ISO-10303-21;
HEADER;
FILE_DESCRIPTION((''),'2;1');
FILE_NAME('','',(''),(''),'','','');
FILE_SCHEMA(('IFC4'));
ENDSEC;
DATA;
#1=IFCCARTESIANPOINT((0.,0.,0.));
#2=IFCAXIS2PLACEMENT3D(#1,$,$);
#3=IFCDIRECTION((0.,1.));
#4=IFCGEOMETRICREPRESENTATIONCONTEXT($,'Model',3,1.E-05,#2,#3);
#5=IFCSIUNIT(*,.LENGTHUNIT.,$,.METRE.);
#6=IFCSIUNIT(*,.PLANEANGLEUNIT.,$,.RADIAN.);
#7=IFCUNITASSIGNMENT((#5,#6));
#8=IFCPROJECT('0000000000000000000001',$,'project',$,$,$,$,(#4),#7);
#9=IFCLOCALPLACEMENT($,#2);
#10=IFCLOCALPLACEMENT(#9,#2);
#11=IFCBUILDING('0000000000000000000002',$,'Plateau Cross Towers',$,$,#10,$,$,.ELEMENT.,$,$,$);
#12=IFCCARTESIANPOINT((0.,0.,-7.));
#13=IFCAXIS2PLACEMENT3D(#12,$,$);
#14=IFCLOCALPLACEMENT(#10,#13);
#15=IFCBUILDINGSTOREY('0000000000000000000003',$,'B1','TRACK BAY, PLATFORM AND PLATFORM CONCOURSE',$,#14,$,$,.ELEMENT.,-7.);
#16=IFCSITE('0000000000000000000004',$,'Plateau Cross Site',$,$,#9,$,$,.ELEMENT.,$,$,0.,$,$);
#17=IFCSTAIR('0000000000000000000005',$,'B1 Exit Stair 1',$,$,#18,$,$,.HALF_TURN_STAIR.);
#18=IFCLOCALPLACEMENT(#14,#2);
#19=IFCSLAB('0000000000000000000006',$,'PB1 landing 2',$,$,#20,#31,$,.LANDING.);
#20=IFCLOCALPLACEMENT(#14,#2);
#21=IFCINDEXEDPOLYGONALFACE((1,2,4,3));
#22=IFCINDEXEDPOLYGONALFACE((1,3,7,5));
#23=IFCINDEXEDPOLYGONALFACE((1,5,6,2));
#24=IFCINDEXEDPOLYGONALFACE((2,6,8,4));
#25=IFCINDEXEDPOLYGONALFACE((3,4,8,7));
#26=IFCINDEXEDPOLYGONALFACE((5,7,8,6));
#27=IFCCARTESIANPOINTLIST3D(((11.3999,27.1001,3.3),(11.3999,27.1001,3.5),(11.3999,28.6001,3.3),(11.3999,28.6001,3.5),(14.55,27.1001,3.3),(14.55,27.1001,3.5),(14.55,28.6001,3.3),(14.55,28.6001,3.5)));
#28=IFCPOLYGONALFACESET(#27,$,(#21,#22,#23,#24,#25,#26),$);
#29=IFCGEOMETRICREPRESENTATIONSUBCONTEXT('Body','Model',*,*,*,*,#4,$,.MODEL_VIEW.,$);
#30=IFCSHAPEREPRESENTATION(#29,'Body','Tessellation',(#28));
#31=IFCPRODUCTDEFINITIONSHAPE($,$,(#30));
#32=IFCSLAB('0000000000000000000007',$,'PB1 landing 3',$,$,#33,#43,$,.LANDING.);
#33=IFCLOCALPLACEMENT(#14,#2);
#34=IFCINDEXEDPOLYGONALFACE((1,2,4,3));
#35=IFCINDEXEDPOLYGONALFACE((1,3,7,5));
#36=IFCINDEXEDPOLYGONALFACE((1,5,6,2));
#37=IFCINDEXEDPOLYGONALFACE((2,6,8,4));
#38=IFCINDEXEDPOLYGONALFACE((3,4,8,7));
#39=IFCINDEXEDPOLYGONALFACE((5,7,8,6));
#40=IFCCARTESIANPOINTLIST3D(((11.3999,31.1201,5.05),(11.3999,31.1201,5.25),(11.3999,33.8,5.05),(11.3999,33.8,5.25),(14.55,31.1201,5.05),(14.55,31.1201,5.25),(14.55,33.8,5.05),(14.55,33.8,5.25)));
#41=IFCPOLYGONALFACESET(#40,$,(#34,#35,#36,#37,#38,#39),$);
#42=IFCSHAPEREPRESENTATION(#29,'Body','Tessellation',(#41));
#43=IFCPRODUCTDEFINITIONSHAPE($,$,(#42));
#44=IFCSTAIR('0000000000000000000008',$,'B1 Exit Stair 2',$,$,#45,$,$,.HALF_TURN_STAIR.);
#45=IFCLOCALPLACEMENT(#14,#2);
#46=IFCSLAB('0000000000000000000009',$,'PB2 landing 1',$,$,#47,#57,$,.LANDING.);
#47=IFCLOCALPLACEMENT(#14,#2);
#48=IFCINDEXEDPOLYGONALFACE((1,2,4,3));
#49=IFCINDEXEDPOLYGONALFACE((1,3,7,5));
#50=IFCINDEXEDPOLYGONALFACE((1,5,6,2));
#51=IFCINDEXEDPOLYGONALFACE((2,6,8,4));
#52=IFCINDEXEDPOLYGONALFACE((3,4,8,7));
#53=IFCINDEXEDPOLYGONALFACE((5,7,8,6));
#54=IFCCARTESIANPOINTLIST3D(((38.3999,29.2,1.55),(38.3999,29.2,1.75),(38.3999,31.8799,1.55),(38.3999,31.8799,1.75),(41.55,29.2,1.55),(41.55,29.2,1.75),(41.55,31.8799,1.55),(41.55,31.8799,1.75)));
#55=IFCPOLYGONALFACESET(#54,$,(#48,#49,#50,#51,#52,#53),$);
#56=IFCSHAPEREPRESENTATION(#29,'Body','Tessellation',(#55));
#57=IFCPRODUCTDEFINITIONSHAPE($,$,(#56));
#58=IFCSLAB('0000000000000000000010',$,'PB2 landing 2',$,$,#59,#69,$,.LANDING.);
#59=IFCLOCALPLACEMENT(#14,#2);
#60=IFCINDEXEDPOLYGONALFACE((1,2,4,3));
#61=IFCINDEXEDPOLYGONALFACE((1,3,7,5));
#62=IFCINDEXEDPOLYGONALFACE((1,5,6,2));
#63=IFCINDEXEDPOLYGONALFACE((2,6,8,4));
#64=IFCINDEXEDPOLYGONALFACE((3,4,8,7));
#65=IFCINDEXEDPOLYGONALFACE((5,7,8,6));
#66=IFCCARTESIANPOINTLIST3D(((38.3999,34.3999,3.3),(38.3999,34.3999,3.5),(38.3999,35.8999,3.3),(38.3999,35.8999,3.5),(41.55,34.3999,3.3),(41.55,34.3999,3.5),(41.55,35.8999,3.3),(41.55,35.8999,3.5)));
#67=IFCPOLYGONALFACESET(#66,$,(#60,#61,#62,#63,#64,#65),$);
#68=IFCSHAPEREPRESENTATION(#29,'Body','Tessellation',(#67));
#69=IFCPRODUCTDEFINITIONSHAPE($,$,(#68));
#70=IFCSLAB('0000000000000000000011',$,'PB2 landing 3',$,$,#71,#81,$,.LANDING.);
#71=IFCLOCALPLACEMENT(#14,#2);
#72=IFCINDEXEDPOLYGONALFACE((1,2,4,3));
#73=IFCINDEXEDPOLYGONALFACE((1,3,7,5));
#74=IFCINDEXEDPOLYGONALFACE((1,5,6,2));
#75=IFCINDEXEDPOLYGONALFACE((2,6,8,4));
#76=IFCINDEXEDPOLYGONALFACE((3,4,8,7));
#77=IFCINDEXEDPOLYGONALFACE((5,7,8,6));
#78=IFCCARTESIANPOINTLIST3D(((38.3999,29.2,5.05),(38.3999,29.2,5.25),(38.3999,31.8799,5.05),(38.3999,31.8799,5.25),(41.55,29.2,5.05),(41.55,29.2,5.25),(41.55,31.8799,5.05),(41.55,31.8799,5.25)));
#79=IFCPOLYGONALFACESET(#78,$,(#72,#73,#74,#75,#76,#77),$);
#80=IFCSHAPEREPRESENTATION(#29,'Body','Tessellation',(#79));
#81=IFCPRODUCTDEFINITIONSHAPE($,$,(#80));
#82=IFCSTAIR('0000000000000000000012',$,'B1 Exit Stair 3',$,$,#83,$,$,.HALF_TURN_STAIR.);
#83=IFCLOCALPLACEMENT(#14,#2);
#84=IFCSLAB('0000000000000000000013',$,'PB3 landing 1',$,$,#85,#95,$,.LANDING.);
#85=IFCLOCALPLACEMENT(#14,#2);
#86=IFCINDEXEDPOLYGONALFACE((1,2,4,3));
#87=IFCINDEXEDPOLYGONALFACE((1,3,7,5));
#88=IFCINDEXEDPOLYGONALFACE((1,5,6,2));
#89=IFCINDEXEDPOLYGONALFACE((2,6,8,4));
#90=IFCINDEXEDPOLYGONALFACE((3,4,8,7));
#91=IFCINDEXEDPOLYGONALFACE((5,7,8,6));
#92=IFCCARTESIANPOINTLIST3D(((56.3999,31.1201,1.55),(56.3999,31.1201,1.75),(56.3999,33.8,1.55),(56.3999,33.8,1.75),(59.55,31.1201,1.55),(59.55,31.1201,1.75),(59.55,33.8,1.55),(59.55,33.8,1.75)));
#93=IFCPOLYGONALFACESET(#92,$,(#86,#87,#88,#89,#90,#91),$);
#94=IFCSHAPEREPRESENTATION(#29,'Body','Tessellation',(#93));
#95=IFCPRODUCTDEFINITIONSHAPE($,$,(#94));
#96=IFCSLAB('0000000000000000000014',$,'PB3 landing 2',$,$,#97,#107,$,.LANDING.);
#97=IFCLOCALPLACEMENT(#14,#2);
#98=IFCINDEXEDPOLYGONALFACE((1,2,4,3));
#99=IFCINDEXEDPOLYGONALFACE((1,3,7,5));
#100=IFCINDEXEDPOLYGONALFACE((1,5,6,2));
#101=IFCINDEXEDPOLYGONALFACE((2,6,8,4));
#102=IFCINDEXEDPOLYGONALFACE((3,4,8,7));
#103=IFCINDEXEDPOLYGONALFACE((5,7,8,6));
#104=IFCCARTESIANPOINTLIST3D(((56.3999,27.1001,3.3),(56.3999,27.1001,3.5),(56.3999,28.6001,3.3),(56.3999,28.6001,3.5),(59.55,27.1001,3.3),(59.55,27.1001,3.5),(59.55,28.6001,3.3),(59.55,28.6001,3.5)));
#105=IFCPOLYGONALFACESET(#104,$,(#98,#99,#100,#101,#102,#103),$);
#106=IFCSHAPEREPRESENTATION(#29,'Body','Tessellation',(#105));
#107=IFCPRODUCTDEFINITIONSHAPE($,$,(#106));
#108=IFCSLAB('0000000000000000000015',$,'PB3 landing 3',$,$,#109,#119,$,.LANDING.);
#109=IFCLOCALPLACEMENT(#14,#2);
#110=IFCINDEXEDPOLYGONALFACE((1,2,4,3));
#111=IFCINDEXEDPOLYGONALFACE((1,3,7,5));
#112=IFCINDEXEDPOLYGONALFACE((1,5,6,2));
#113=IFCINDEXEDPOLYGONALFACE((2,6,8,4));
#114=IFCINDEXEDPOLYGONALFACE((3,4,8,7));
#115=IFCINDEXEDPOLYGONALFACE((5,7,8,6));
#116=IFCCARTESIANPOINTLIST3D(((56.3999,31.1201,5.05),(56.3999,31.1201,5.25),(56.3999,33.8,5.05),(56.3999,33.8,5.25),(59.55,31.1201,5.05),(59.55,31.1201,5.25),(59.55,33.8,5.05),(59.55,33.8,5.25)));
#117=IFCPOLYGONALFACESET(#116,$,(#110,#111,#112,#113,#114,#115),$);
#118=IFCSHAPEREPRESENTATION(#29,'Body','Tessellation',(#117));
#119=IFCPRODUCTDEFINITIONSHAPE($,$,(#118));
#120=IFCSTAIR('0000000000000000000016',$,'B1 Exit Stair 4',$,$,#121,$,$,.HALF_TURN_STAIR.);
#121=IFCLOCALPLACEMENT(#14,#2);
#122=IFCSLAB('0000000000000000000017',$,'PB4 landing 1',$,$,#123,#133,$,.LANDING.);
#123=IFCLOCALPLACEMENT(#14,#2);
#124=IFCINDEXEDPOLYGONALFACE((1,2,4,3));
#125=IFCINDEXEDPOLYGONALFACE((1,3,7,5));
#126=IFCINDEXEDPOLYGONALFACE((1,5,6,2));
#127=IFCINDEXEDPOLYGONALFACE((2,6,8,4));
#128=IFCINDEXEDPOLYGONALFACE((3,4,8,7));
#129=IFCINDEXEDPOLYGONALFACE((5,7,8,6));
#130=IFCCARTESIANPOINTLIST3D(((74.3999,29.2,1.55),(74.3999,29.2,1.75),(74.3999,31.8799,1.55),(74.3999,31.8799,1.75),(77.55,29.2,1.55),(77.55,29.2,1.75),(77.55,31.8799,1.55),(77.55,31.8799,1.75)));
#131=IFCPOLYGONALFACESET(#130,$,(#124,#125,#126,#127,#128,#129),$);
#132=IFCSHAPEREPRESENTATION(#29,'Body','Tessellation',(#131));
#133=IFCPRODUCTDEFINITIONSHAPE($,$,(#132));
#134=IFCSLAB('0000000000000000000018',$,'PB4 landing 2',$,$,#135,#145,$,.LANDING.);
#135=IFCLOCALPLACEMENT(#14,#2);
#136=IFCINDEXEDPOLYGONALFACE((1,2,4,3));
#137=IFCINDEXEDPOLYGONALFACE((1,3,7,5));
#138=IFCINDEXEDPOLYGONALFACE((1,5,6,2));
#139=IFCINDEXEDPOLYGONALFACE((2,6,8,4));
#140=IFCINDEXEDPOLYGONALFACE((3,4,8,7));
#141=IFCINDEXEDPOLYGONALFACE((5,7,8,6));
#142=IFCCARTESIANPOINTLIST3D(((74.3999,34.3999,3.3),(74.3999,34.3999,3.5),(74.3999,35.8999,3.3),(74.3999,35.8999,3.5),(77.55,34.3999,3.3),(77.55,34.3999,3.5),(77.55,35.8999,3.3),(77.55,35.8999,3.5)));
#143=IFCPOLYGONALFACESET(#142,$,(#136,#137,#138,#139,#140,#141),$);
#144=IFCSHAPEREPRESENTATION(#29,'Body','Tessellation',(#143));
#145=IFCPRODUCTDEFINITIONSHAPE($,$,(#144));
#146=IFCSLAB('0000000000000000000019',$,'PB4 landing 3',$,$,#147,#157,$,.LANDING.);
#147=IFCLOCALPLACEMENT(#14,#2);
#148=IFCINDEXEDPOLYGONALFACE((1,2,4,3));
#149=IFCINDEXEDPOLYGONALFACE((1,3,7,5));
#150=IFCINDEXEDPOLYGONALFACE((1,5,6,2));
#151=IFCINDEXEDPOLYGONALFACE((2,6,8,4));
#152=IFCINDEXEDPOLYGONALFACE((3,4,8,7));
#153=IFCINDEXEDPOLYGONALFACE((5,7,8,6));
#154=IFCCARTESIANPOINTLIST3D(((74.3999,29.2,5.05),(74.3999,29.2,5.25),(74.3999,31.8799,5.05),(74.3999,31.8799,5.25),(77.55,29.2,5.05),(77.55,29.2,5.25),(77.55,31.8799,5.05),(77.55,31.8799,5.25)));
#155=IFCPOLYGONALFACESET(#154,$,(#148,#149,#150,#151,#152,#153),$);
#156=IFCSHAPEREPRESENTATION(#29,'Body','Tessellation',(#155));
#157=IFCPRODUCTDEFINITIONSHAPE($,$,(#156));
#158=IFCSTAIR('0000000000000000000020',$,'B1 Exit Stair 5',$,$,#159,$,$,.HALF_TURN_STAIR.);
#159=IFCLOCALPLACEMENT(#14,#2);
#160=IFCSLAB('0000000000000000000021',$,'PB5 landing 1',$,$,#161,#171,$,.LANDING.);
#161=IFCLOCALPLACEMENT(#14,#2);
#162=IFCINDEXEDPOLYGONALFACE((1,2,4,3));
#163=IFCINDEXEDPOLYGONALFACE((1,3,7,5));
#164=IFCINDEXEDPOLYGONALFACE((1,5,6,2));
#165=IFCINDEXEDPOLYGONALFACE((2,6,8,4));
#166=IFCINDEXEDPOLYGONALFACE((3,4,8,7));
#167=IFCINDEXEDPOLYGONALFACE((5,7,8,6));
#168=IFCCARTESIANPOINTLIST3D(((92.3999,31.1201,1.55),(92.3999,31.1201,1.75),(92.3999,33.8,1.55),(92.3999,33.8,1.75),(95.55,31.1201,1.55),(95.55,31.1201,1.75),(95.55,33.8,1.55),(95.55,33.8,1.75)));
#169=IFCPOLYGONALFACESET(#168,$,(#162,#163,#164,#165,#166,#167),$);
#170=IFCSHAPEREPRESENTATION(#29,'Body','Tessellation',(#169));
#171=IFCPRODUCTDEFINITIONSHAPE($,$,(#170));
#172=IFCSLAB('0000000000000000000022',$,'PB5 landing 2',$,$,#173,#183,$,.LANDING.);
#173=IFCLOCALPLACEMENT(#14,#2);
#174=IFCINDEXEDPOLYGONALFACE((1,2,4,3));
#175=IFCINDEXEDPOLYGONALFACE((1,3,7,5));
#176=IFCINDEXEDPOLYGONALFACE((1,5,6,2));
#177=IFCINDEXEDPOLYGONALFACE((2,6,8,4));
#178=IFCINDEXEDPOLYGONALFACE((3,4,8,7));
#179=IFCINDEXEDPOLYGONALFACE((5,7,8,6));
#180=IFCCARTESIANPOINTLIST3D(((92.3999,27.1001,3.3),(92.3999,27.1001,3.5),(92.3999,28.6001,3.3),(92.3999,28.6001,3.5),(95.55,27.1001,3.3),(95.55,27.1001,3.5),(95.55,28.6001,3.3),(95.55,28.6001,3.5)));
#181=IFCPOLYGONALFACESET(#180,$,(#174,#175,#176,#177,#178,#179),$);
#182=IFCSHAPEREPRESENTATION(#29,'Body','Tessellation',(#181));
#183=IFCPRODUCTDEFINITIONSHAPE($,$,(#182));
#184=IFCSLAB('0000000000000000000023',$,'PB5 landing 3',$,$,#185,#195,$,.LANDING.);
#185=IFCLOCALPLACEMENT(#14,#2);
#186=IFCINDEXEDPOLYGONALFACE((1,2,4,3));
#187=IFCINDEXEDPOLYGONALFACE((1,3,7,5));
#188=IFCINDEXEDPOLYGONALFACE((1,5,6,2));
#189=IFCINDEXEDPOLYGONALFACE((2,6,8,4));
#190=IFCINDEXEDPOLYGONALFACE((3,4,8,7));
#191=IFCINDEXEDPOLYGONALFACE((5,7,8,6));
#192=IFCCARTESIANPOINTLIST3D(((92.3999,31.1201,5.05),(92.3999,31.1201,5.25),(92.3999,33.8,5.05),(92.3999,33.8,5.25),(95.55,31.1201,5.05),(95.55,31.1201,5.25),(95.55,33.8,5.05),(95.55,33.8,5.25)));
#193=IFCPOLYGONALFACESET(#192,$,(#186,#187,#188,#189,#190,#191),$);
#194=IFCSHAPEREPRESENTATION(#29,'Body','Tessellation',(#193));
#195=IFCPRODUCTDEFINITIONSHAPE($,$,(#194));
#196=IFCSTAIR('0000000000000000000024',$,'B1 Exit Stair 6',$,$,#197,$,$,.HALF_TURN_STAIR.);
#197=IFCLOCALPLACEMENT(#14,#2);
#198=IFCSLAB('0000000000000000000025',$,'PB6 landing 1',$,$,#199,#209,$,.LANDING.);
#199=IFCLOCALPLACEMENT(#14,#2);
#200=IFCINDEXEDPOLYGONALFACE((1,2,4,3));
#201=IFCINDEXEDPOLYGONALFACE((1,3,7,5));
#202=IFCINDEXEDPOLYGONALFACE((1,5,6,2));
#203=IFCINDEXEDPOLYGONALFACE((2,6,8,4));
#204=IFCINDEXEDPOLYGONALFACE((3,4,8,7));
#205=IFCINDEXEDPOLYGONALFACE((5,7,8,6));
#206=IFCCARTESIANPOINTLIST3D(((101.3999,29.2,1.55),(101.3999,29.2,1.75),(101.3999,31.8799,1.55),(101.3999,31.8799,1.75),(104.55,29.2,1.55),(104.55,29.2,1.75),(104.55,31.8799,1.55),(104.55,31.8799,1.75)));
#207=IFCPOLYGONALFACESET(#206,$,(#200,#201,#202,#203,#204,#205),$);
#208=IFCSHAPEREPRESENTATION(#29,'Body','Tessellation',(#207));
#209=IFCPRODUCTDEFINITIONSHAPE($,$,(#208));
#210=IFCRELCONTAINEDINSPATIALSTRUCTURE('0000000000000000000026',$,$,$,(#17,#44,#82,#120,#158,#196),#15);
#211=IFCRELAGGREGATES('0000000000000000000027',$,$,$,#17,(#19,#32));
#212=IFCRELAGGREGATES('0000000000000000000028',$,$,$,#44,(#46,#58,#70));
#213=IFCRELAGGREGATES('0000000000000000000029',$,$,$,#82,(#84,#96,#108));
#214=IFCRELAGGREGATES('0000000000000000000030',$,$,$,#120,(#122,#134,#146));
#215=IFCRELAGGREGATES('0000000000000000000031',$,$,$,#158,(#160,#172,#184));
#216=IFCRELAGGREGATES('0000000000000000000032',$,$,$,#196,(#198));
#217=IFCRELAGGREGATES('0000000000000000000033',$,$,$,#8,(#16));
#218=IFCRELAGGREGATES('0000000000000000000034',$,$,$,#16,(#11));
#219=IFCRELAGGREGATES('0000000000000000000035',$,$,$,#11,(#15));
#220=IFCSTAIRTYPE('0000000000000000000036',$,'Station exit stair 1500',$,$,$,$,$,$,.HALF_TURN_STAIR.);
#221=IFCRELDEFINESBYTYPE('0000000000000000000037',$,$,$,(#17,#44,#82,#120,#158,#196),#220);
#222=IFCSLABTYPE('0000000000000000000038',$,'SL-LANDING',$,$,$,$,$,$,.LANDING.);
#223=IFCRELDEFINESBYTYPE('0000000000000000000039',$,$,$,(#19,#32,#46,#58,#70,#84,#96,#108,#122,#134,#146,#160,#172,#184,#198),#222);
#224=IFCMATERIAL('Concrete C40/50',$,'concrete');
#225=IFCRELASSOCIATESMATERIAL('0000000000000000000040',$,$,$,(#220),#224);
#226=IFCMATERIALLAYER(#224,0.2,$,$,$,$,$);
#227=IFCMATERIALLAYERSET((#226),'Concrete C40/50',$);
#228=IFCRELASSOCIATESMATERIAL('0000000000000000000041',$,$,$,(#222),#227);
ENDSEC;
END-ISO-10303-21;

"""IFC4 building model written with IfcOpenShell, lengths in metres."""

from ifc_helpers import new_model, si_unit, direction, frame, origin, place, context, subcontext, project, spatial, polyline, outline, extrude, material, layer, layer_set, type_object, element, aggregate, save


model = new_model("IFC4")

# Units and contexts
model_context = context("Model", 3, precision=1e-05, world=origin(), true_north=direction((0.0, 1.0)))
body_context = subcontext(model_context, "Body", "Model", "MODEL_VIEW")
ifc_project = project(units=[si_unit("LENGTHUNIT", "METRE"), si_unit("PLANEANGLEUNIT", "RADIAN")], contexts=[model_context])

# Site, building, storey
site_placement = place(None, origin())
site = spatial("IfcSite", under=ifc_project, at=site_placement, Name="Plateau Cross Site", CompositionType="ELEMENT", RefElevation=0.0)
building_placement = place(site_placement, origin())
building = spatial("IfcBuilding", under=site, at=building_placement, Name="Plateau Cross Towers", CompositionType="ELEMENT")
storey_placement = place(building_placement, frame((0.0, 0.0, -7.0)))
storey = spatial("IfcBuildingStorey", under=building, at=storey_placement, Name="B1", Description="TRACK BAY, PLATFORM AND PLATFORM CONCOURSE", CompositionType="ELEMENT", Elevation=-7.0)

# Shared definitions
ifc_material_1 = material(Name="Concrete C40/50", Category="concrete")

# Stairs, slabs
stair_type = type_object("IfcStairType", Name="Station exit stair 1500", PredefinedType="HALF_TURN_STAIR", material=ifc_material_1)
stair_1_placement = place(storey_placement, origin())
stair_1 = element("IfcStair", 1, at=stair_1_placement, inside=storey, type_object=stair_type, Name="B1 Exit Stair 1", PredefinedType="HALF_TURN_STAIR")
ifc_layer_1 = layer(ifc_material_1, 0.2)
ifc_layer_set_1 = layer_set([ifc_layer_1], Name="Concrete C40/50")
slab_type_1 = type_object("IfcSlabType", Name="SL-LANDING", PredefinedType="LANDING", material=ifc_layer_set_1)
slab_1_placement = place(storey_placement, frame((0.0, 0.0, 3.3)))
slab_1 = element("IfcSlab", 2, at=slab_1_placement, type_object=slab_type_1, Name="PB1 landing 2", PredefinedType="LANDING", context=body_context, shape_type="SweptSolid", body=[
    extrude(outline(polyline([(14.55, 27.1001), (14.55, 28.6001), (11.3999, 28.6001), (11.3999, 27.1001), (14.55, 27.1001)])), origin(), (0.0, 0.0, 1.0), 0.2),
])
slab_2_placement = place(storey_placement, frame((0.0, 0.0, 5.05)))
slab_2 = element("IfcSlab", 3, at=slab_2_placement, type_object=slab_type_1, Name="PB1 landing 3", PredefinedType="LANDING", context=body_context, shape_type="SweptSolid", body=[
    extrude(outline(polyline([(14.55, 31.1201), (14.55, 33.8), (11.3999, 33.8), (11.3999, 31.1201), (14.55, 31.1201)])), origin(), (0.0, 0.0, 1.0), 0.2),
])
aggregate(stair_1, [slab_1, slab_2])
stair_2_placement = place(storey_placement, origin())
stair_2 = element("IfcStair", 4, at=stair_2_placement, inside=storey, type_object=stair_type, Name="B1 Exit Stair 2", PredefinedType="HALF_TURN_STAIR")
slab_3_placement = place(storey_placement, frame((0.0, 0.0, 1.55)))
slab_3 = element("IfcSlab", 5, at=slab_3_placement, type_object=slab_type_1, Name="PB2 landing 1", PredefinedType="LANDING", context=body_context, shape_type="SweptSolid", body=[
    extrude(outline(polyline([(38.3999, 31.8799), (38.3999, 29.2), (41.55, 29.2), (41.55, 31.8799), (38.3999, 31.8799)])), origin(), (0.0, 0.0, 1.0), 0.2),
])
slab_4_placement = place(storey_placement, frame((0.0, 0.0, 3.3)))
slab_4 = element("IfcSlab", 6, at=slab_4_placement, type_object=slab_type_1, Name="PB2 landing 2", PredefinedType="LANDING", context=body_context, shape_type="SweptSolid", body=[
    extrude(outline(polyline([(38.3999, 35.8999), (38.3999, 34.3999), (41.55, 34.3999), (41.55, 35.8999), (38.3999, 35.8999)])), origin(), (0.0, 0.0, 1.0), 0.2),
])
slab_5_placement = place(storey_placement, frame((0.0, 0.0, 5.05)))
slab_5 = element("IfcSlab", 7, at=slab_5_placement, type_object=slab_type_1, Name="PB2 landing 3", PredefinedType="LANDING", context=body_context, shape_type="SweptSolid", body=[
    extrude(outline(polyline([(38.3999, 31.8799), (38.3999, 29.2), (41.55, 29.2), (41.55, 31.8799), (38.3999, 31.8799)])), origin(), (0.0, 0.0, 1.0), 0.2),
])
aggregate(stair_2, [slab_3, slab_4, slab_5])
stair_3_placement = place(storey_placement, origin())
stair_3 = element("IfcStair", 8, at=stair_3_placement, inside=storey, type_object=stair_type, Name="B1 Exit Stair 3", PredefinedType="HALF_TURN_STAIR")
slab_6_placement = place(storey_placement, frame((0.0, 0.0, 1.55)))
slab_6 = element("IfcSlab", 9, at=slab_6_placement, type_object=slab_type_1, Name="PB3 landing 1", PredefinedType="LANDING", context=body_context, shape_type="SweptSolid", body=[
    extrude(outline(polyline([(59.55, 31.1201), (59.55, 33.8), (56.3999, 33.8), (56.3999, 31.1201), (59.55, 31.1201)])), origin(), (0.0, 0.0, 1.0), 0.2),
])
slab_7_placement = place(storey_placement, frame((0.0, 0.0, 3.3)))
slab_7 = element("IfcSlab", 10, at=slab_7_placement, type_object=slab_type_1, Name="PB3 landing 2", PredefinedType="LANDING", context=body_context, shape_type="SweptSolid", body=[
    extrude(outline(polyline([(59.55, 27.1001), (59.55, 28.6001), (56.3999, 28.6001), (56.3999, 27.1001), (59.55, 27.1001)])), origin(), (0.0, 0.0, 1.0), 0.2),
])
slab_8_placement = place(storey_placement, frame((0.0, 0.0, 5.05)))
slab_8 = element("IfcSlab", 11, at=slab_8_placement, type_object=slab_type_1, Name="PB3 landing 3", PredefinedType="LANDING", context=body_context, shape_type="SweptSolid", body=[
    extrude(outline(polyline([(59.55, 31.1201), (59.55, 33.8), (56.3999, 33.8), (56.3999, 31.1201), (59.55, 31.1201)])), origin(), (0.0, 0.0, 1.0), 0.2),
])
aggregate(stair_3, [slab_6, slab_7, slab_8])
stair_4_placement = place(storey_placement, origin())
stair_4 = element("IfcStair", 12, at=stair_4_placement, inside=storey, type_object=stair_type, Name="B1 Exit Stair 4", PredefinedType="HALF_TURN_STAIR")
slab_9_placement = place(storey_placement, frame((0.0, 0.0, 1.55)))
slab_9 = element("IfcSlab", 13, at=slab_9_placement, type_object=slab_type_1, Name="PB4 landing 1", PredefinedType="LANDING", context=body_context, shape_type="SweptSolid", body=[
    extrude(outline(polyline([(74.3999, 31.8799), (74.3999, 29.2), (77.55, 29.2), (77.55, 31.8799), (74.3999, 31.8799)])), origin(), (0.0, 0.0, 1.0), 0.2),
])
slab_10_placement = place(storey_placement, frame((0.0, 0.0, 3.3)))
slab_10 = element("IfcSlab", 14, at=slab_10_placement, type_object=slab_type_1, Name="PB4 landing 2", PredefinedType="LANDING", context=body_context, shape_type="SweptSolid", body=[
    extrude(outline(polyline([(74.3999, 35.8999), (74.3999, 34.3999), (77.55, 34.3999), (77.55, 35.8999), (74.3999, 35.8999)])), origin(), (0.0, 0.0, 1.0), 0.2),
])
slab_11_placement = place(storey_placement, frame((0.0, 0.0, 5.05)))
slab_11 = element("IfcSlab", 15, at=slab_11_placement, type_object=slab_type_1, Name="PB4 landing 3", PredefinedType="LANDING", context=body_context, shape_type="SweptSolid", body=[
    extrude(outline(polyline([(74.3999, 31.8799), (74.3999, 29.2), (77.55, 29.2), (77.55, 31.8799), (74.3999, 31.8799)])), origin(), (0.0, 0.0, 1.0), 0.2),
])
aggregate(stair_4, [slab_9, slab_10, slab_11])
stair_5_placement = place(storey_placement, origin())
stair_5 = element("IfcStair", 16, at=stair_5_placement, inside=storey, type_object=stair_type, Name="B1 Exit Stair 5", PredefinedType="HALF_TURN_STAIR")
slab_12_placement = place(storey_placement, frame((0.0, 0.0, 1.55)))
slab_12 = element("IfcSlab", 17, at=slab_12_placement, type_object=slab_type_1, Name="PB5 landing 1", PredefinedType="LANDING", context=body_context, shape_type="SweptSolid", body=[
    extrude(outline(polyline([(95.55, 31.1201), (95.55, 33.8), (92.3999, 33.8), (92.3999, 31.1201), (95.55, 31.1201)])), origin(), (0.0, 0.0, 1.0), 0.2),
])
slab_13_placement = place(storey_placement, frame((0.0, 0.0, 3.3)))
slab_13 = element("IfcSlab", 18, at=slab_13_placement, type_object=slab_type_1, Name="PB5 landing 2", PredefinedType="LANDING", context=body_context, shape_type="SweptSolid", body=[
    extrude(outline(polyline([(95.55, 27.1001), (95.55, 28.6001), (92.3999, 28.6001), (92.3999, 27.1001), (95.55, 27.1001)])), origin(), (0.0, 0.0, 1.0), 0.2),
])
slab_14_placement = place(storey_placement, frame((0.0, 0.0, 5.05)))
slab_14 = element("IfcSlab", 19, at=slab_14_placement, type_object=slab_type_1, Name="PB5 landing 3", PredefinedType="LANDING", context=body_context, shape_type="SweptSolid", body=[
    extrude(outline(polyline([(95.55, 31.1201), (95.55, 33.8), (92.3999, 33.8), (92.3999, 31.1201), (95.55, 31.1201)])), origin(), (0.0, 0.0, 1.0), 0.2),
])
aggregate(stair_5, [slab_12, slab_13, slab_14])
stair_6_placement = place(storey_placement, origin())
stair_6 = element("IfcStair", 20, at=stair_6_placement, inside=storey, type_object=stair_type, Name="B1 Exit Stair 6", PredefinedType="HALF_TURN_STAIR")
slab_15_placement = place(storey_placement, frame((0.0, 0.0, 1.55)))
slab_15 = element("IfcSlab", 21, at=slab_15_placement, type_object=slab_type_1, Name="PB6 landing 1", PredefinedType="LANDING", context=body_context, shape_type="SweptSolid", body=[
    extrude(outline(polyline([(101.3999, 31.8799), (101.3999, 29.2), (104.55, 29.2), (104.55, 31.8799), (101.3999, 31.8799)])), origin(), (0.0, 0.0, 1.0), 0.2),
])
aggregate(stair_6, [slab_15])

save(model, "model.ifc")
